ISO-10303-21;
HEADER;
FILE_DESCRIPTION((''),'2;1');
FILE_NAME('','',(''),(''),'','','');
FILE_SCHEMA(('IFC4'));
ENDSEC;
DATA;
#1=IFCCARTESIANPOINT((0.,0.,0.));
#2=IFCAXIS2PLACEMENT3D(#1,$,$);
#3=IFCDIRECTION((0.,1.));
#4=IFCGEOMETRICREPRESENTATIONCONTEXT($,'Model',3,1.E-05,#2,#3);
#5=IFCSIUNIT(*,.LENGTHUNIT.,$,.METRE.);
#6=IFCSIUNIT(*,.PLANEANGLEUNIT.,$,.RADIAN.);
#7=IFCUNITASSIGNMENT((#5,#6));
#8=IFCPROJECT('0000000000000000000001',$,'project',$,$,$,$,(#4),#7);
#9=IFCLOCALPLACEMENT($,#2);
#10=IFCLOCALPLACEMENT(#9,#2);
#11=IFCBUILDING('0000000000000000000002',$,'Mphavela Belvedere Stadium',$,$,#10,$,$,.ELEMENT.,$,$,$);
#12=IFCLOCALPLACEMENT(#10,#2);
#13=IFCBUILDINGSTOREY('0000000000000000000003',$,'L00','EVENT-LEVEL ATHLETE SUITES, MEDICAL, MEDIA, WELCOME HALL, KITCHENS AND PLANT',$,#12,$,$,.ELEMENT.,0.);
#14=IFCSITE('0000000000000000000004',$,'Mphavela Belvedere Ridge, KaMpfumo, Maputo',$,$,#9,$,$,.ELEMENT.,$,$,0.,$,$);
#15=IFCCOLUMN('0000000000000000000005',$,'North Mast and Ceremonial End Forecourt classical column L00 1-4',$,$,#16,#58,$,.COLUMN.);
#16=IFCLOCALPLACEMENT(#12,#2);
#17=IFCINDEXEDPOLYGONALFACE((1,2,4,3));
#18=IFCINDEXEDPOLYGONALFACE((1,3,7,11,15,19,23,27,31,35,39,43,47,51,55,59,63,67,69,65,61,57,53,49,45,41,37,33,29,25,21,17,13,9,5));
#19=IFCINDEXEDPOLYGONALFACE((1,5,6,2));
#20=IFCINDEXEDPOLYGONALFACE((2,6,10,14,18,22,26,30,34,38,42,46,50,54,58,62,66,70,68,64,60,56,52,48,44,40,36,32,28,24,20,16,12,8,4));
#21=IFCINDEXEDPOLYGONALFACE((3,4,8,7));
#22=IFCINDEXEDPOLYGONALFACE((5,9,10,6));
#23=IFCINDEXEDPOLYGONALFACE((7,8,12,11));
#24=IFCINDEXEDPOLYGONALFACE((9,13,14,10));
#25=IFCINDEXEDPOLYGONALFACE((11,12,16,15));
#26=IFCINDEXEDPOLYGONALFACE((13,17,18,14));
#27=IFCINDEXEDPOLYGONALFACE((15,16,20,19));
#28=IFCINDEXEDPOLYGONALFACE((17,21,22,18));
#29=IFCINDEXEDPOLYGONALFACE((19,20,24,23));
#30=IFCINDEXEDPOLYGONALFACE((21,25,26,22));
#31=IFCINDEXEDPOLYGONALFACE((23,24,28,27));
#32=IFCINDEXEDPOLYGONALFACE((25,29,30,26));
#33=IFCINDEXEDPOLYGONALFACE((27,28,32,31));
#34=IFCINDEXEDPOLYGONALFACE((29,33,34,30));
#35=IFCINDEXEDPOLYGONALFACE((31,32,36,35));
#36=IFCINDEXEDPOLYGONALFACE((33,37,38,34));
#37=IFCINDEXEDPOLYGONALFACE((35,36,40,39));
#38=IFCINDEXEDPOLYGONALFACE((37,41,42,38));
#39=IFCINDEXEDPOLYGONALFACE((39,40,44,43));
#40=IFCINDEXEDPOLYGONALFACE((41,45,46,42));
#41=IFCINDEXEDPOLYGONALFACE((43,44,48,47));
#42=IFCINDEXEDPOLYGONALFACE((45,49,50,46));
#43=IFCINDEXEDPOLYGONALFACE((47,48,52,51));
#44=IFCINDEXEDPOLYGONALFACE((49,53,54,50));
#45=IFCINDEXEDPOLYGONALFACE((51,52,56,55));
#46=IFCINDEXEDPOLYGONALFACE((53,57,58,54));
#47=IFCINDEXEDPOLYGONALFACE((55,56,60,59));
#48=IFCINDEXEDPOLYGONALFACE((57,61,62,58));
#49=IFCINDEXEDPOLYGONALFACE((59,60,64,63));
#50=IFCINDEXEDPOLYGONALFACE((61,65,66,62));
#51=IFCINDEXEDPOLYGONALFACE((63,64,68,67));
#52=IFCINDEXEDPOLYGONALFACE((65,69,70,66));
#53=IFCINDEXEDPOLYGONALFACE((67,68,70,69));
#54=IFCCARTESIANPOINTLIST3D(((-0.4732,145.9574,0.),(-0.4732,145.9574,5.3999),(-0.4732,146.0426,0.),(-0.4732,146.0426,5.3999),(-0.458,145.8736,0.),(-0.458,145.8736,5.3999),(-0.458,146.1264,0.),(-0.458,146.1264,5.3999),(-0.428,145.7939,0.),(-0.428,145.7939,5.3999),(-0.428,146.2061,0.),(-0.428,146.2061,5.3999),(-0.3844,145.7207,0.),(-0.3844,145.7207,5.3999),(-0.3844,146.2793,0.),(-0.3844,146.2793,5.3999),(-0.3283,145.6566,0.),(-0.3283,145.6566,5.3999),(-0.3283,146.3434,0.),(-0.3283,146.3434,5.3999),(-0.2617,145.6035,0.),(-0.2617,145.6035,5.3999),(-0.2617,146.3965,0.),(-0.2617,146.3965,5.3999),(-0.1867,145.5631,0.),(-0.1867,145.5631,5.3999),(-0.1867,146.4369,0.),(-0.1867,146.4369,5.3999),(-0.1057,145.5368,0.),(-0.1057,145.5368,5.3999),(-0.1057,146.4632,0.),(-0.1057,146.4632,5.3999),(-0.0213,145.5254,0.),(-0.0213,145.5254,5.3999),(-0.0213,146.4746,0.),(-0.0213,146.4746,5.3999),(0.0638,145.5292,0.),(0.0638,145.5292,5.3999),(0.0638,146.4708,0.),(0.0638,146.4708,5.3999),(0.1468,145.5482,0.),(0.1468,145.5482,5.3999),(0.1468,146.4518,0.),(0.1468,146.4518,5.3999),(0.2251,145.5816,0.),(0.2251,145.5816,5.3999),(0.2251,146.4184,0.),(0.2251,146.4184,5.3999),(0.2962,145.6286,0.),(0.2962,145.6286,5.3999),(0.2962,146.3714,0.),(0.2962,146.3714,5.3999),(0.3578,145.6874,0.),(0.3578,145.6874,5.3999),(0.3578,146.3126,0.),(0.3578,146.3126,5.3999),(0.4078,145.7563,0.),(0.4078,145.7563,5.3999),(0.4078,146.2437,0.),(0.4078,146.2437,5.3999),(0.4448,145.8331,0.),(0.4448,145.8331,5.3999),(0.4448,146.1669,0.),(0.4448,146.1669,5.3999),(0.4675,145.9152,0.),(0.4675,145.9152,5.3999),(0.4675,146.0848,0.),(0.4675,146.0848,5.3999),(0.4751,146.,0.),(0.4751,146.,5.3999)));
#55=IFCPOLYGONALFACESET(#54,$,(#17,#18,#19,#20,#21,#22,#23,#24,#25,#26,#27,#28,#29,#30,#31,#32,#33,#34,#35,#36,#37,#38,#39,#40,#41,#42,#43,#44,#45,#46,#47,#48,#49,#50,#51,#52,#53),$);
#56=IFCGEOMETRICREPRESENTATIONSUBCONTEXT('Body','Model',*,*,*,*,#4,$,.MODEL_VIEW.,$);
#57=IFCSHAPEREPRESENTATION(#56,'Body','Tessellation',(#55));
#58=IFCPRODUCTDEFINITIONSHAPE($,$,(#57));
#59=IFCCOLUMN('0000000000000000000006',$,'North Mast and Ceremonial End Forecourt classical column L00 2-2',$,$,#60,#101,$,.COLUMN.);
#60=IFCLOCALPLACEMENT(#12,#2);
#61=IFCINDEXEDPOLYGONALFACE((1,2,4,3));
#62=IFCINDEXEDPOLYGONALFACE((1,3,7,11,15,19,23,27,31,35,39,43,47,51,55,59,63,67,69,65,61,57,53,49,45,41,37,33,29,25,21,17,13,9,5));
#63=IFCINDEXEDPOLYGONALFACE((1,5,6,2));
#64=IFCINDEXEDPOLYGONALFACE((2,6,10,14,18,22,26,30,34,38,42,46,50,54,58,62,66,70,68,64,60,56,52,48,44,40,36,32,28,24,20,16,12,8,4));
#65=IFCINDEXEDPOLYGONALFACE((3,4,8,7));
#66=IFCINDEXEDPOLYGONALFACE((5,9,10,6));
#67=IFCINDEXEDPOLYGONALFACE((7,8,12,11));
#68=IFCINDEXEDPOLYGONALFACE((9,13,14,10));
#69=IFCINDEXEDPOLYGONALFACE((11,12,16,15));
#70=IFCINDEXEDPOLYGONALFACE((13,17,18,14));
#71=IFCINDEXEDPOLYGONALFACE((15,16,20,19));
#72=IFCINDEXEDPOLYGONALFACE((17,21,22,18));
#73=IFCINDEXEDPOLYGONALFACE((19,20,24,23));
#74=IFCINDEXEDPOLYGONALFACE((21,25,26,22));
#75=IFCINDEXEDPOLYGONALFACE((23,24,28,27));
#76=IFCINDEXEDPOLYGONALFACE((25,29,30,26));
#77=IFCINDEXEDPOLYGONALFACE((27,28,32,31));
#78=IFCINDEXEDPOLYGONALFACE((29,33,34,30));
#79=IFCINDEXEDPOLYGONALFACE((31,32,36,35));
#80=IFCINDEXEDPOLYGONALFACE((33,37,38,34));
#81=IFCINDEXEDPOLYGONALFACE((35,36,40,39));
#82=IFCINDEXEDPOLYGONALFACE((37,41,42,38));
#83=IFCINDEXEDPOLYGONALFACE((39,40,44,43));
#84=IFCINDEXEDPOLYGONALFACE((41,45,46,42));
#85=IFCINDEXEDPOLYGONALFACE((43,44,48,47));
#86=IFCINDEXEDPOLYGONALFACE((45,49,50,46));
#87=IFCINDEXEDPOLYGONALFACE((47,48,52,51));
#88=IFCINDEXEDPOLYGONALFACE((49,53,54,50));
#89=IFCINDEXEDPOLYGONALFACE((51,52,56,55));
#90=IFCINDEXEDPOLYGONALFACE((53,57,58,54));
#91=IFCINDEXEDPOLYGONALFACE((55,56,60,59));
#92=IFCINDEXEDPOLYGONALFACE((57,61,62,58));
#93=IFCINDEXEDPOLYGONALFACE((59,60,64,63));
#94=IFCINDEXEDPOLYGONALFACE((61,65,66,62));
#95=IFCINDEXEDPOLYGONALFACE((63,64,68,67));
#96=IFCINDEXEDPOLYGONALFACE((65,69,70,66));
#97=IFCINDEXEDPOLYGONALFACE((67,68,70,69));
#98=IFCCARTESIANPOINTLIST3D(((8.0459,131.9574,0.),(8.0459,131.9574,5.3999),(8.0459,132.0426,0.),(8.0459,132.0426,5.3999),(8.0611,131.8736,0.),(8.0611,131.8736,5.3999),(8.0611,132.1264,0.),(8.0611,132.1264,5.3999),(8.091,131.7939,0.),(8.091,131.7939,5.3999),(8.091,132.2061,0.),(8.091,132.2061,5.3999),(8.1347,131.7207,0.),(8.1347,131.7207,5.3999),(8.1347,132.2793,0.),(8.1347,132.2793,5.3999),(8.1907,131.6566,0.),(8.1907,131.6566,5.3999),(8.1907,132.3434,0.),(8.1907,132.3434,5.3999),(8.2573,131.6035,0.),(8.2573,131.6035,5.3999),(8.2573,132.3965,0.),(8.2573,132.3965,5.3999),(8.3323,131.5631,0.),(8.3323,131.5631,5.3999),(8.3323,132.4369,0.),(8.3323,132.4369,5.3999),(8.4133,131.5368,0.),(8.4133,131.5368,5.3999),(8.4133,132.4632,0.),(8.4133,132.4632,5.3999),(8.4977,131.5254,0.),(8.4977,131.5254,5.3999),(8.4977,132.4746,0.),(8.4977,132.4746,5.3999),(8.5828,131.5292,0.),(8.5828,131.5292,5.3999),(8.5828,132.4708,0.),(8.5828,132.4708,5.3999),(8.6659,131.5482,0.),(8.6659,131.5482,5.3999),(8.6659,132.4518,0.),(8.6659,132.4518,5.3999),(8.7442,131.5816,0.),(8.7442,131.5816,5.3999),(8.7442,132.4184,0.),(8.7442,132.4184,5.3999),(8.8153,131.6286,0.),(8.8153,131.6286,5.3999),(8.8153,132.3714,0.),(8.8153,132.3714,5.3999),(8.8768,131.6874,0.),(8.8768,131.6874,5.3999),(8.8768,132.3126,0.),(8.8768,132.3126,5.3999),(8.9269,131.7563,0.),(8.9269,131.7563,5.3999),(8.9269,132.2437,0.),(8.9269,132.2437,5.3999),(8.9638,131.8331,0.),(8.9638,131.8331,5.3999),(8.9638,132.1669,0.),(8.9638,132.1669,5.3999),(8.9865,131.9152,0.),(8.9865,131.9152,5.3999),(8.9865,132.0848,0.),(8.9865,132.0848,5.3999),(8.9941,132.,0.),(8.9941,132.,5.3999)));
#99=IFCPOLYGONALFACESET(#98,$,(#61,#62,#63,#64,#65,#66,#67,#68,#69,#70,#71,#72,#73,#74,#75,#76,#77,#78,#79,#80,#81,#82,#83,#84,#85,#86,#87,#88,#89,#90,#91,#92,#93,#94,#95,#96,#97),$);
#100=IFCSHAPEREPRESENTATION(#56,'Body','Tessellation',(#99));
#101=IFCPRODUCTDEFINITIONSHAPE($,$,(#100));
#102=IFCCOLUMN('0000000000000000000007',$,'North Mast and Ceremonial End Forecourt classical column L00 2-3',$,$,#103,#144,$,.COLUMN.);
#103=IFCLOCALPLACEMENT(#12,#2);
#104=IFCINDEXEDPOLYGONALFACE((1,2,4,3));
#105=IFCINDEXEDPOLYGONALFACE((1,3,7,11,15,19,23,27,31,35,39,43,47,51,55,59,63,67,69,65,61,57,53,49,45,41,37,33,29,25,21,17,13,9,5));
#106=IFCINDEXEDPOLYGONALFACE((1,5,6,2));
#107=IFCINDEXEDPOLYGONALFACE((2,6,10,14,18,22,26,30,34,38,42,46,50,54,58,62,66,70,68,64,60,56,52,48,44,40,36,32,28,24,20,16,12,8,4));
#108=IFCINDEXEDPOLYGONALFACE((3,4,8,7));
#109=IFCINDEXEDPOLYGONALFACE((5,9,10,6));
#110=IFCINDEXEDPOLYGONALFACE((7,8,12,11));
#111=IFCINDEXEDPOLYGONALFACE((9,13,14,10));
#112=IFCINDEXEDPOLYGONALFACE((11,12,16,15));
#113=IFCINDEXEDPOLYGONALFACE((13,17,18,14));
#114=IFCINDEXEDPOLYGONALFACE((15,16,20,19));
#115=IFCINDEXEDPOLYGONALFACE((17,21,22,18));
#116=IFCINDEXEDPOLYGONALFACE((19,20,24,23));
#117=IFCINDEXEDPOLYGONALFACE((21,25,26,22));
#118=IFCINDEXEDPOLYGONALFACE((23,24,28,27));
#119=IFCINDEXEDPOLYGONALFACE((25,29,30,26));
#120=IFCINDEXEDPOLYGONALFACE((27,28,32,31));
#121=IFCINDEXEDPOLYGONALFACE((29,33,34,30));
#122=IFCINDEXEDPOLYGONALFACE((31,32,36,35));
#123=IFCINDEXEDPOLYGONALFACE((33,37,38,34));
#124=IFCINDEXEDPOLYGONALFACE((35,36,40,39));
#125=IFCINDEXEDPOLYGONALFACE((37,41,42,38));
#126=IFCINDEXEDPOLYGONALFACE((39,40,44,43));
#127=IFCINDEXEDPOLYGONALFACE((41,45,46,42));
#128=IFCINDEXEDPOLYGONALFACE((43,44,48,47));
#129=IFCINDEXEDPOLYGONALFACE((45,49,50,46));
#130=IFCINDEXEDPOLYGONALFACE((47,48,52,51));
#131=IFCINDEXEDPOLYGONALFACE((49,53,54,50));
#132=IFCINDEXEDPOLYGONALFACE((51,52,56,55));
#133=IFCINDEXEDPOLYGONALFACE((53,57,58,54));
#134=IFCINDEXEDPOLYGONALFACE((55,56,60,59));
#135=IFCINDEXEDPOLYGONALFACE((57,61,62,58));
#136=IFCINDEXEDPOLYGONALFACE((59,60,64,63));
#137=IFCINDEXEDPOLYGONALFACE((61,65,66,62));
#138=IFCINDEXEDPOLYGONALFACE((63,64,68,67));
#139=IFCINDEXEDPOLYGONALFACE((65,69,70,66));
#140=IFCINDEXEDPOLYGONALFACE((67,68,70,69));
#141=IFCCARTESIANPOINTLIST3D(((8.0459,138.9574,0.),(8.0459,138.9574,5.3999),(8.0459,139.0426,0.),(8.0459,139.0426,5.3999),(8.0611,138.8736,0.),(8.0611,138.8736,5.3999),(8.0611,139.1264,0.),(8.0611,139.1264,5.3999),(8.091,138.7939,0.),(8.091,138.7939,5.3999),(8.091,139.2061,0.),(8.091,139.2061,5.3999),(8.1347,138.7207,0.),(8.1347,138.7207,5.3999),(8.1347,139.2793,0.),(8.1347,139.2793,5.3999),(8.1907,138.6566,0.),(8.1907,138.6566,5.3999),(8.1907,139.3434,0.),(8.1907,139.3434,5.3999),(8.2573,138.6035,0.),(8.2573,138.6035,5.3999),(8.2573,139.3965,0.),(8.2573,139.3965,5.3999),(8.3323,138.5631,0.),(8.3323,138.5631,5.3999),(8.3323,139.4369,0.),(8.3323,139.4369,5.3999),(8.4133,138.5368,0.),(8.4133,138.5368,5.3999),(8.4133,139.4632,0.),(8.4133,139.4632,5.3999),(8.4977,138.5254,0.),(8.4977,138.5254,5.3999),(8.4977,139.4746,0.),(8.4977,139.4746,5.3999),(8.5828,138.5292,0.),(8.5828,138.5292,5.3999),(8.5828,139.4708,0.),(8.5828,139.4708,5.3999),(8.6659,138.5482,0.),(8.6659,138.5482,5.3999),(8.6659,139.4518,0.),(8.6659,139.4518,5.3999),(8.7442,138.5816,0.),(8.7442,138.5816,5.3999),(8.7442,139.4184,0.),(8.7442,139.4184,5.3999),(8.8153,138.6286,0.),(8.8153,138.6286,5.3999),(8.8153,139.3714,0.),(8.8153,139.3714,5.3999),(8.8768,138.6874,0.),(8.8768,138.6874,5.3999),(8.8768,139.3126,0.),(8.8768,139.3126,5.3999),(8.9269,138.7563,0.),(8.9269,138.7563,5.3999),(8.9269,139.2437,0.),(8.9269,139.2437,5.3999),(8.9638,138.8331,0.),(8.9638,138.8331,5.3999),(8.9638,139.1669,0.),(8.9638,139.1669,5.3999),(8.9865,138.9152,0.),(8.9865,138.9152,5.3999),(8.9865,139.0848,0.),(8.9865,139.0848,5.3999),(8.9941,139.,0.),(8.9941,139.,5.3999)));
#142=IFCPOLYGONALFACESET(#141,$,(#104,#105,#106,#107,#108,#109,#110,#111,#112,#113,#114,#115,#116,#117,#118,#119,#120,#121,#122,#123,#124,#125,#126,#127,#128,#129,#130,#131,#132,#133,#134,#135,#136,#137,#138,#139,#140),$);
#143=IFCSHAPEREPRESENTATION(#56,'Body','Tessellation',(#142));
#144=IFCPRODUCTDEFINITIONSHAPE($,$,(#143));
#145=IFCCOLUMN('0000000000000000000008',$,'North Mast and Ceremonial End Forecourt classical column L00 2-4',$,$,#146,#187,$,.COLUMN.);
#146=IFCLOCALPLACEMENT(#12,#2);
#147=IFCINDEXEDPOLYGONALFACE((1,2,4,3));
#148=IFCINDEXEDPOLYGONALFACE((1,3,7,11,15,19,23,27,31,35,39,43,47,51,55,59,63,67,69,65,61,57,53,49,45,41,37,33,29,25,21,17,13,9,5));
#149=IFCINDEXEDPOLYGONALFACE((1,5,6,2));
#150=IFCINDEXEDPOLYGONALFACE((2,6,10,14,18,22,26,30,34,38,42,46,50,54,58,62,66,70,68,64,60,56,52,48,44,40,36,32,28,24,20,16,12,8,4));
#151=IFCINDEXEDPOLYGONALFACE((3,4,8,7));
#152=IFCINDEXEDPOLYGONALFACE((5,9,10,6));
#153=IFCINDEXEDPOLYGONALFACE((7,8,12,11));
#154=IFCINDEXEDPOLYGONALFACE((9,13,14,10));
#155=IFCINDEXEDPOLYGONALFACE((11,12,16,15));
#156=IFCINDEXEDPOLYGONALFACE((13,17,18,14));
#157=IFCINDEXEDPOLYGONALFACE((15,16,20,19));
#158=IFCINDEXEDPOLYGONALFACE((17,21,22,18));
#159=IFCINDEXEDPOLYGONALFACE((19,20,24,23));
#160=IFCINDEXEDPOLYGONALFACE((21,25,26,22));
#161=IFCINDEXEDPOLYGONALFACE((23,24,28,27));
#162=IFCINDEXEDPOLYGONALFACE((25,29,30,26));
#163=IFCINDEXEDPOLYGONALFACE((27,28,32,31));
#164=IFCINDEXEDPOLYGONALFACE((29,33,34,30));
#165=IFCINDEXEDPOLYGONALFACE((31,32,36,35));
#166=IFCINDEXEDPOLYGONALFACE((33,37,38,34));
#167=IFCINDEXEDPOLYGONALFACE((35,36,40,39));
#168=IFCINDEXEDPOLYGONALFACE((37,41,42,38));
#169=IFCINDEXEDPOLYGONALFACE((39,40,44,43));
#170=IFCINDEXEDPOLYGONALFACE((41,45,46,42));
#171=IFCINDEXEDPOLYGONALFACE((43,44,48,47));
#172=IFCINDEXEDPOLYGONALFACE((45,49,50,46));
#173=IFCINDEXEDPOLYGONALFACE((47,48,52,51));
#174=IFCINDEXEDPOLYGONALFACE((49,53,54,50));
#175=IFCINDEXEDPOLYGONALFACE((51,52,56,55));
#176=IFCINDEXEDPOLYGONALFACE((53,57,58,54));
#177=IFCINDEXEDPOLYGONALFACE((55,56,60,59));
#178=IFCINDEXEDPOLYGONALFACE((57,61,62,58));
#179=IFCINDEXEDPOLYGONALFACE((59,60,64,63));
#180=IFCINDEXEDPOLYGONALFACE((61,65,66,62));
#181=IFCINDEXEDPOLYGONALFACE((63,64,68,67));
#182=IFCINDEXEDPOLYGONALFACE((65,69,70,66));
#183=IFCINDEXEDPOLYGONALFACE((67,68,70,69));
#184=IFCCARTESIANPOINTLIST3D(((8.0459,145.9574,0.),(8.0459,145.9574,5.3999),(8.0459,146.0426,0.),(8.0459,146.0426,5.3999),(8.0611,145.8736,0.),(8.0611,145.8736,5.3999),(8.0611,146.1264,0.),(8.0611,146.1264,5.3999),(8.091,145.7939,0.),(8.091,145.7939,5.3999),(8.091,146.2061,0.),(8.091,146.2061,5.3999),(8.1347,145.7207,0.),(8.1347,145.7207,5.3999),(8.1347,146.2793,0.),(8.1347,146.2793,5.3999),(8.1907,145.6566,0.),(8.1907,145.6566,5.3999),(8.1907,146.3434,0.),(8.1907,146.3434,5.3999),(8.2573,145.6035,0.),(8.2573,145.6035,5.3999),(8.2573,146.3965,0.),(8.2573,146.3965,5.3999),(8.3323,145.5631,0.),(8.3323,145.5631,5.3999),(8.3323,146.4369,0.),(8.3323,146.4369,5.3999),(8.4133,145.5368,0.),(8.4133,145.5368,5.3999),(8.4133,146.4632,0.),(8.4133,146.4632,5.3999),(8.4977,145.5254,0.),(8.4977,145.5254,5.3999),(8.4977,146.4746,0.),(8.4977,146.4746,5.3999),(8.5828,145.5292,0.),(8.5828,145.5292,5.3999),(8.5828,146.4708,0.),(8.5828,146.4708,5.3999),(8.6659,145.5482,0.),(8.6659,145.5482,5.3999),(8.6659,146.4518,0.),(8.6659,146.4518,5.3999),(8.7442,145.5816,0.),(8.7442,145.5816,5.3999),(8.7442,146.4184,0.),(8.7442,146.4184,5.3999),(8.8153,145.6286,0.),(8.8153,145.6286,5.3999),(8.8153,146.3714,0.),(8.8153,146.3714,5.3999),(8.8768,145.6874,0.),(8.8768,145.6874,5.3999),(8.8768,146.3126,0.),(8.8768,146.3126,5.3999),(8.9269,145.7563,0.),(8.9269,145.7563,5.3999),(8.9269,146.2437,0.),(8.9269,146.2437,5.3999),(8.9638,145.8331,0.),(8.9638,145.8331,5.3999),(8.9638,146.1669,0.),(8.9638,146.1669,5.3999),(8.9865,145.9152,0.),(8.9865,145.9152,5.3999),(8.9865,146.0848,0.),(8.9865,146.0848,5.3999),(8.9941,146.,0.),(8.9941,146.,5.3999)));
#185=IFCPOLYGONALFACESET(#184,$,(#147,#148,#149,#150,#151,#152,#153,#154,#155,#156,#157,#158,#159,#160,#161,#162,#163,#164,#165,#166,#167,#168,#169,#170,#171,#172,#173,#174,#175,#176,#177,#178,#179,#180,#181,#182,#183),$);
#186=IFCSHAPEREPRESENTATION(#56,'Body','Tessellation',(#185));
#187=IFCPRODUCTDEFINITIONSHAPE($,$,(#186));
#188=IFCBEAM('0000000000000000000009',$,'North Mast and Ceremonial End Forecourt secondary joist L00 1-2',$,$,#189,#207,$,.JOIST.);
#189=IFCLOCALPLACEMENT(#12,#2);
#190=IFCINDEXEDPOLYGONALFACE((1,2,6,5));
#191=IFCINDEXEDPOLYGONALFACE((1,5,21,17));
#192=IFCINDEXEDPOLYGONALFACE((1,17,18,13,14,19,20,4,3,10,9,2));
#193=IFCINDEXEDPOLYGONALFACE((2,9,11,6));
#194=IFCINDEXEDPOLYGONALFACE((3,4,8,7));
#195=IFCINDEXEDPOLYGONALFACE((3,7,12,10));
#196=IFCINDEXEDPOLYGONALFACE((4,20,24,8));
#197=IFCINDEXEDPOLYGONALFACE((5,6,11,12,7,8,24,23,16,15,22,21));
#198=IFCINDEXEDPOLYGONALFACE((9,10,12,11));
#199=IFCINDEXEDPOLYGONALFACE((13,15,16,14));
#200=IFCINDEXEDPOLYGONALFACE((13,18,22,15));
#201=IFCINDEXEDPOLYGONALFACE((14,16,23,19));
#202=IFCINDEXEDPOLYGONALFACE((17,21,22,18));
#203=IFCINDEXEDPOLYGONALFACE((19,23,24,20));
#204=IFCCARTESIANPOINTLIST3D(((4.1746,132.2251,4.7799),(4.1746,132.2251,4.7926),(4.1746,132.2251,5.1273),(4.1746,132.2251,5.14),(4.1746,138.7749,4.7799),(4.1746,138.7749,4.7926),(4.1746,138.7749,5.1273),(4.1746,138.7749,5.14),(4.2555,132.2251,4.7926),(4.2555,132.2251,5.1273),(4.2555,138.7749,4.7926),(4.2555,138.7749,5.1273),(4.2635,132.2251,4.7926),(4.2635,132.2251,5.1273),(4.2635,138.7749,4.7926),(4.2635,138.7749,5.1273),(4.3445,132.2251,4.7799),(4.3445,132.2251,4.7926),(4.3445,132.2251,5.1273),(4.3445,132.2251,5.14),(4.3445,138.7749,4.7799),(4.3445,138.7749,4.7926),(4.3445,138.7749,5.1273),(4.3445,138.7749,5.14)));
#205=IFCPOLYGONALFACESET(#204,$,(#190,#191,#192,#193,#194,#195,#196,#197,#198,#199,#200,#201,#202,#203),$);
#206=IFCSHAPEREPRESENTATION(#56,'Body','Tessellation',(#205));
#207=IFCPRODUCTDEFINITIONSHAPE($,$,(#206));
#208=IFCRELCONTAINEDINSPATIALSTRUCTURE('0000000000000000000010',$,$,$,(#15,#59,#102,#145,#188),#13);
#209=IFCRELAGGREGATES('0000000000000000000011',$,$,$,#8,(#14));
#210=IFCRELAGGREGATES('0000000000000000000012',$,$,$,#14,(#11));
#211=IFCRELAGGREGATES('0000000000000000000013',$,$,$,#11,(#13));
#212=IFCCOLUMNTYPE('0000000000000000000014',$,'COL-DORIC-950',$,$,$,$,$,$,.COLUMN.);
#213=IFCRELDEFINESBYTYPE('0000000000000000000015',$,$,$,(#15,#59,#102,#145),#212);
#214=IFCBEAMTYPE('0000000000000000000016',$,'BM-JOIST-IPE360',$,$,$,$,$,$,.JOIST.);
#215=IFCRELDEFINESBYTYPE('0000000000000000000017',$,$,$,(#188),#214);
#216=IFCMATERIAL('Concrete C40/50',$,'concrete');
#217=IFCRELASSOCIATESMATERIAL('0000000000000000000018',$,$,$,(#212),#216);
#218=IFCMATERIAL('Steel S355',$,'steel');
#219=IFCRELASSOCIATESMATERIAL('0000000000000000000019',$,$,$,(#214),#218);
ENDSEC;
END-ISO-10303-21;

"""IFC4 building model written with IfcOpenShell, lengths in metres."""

from ifc_helpers import new_model, si_unit, direction, frame, origin, origin_2d, place, context, subcontext, project, spatial, circle, i_section, extrude, material, material_profile, profile_set, type_object, element, save


model = new_model("IFC4")

# Units and contexts
model_context = context("Model", 3, precision=1e-05, world=origin(), true_north=direction((0.0, 1.0)))
body_context = subcontext(model_context, "Body", "Model", "MODEL_VIEW")
ifc_project = project(units=[si_unit("LENGTHUNIT", "METRE"), si_unit("PLANEANGLEUNIT", "RADIAN")], contexts=[model_context])

# Site, building, storey
site_placement = place(None, origin())
site = spatial("IfcSite", under=ifc_project, at=site_placement, Name="Mphavela Belvedere Ridge, KaMpfumo, Maputo", CompositionType="ELEMENT", RefElevation=0.0)
building_placement = place(site_placement, origin())
building = spatial("IfcBuilding", under=site, at=building_placement, Name="Mphavela Belvedere Stadium", CompositionType="ELEMENT")
storey_placement = place(building_placement, origin())
storey = spatial("IfcBuildingStorey", under=building, at=storey_placement, Name="L00", Description="EVENT-LEVEL ATHLETE SUITES, MEDICAL, MEDIA, WELCOME HALL, KITCHENS AND PLANT", CompositionType="ELEMENT", Elevation=0.0)

# Columns
ifc_material_1 = material(Name="Concrete C40/50", Category="concrete")
ifc_material_profile_1 = material_profile(ifc_material_1, circle(Radius=0.4751, at=origin_2d()), Name="COL D950")
ifc_profile_set_1 = profile_set([ifc_material_profile_1], Name="Concrete C40/50")
column_type = type_object("IfcColumnType", Name="COL-DORIC-950", PredefinedType="COLUMN", material=ifc_profile_set_1)
for number, where, z_axis, x_axis, name in (
    (1, (0.0, 146.0, 0.0), (0.0, 0.0, 1.0), (1.0, 0.0, 0.0), "North Mast and Ceremonial End Forecourt classical column L00 1-4"),
    (2, (8.519, 132.0, 0.0), (0.0, 0.0, 1.0), (1.0, 0.0, 0.0), "North Mast and Ceremonial End Forecourt classical column L00 2-2"),
    (3, (8.519, 139.0, 0.0), (0.0, 0.0, 1.0), (1.0, 0.0, 0.0), "North Mast and Ceremonial End Forecourt classical column L00 2-3"),
    (4, (8.519, 146.0, 0.0), (0.0, 0.0, 1.0), (1.0, 0.0, 0.0), "North Mast and Ceremonial End Forecourt classical column L00 2-4"),
):
    element("IfcColumn", number, at=place(storey_placement, frame(where, z_axis=z_axis, x_axis=x_axis)), inside=storey, type_object=column_type, Name=name, PredefinedType="COLUMN", context=body_context, shape_type="SweptSolid", body=[
        extrude(circle(Radius=0.4751, at=origin_2d()), origin(), (0.0, 0.0, 1.0), 5.3999),
    ])

# Beam
ifc_material_2 = material(Name="Steel S355", Category="steel")
ifc_material_profile_2 = material_profile(ifc_material_2, i_section(OverallWidth=0.1699, OverallDepth=0.3601, WebThickness=0.0081, FlangeThickness=0.0127, at=origin_2d()), Name="IPE 360")
ifc_profile_set_2 = profile_set([ifc_material_profile_2], Name="Steel S355")
beam_type_1 = type_object("IfcBeamType", Name="BM-JOIST-IPE360", PredefinedType="JOIST", material=ifc_profile_set_2)
for number, where, z_axis, x_axis, name in (
    (5, (4.2595, 132.2251, 4.96), (0.0, 1.0, 0.0), (-1.0, 0.0, 0.0), "North Mast and Ceremonial End Forecourt secondary joist L00 1-2"),
):
    element("IfcBeam", number, at=place(storey_placement, frame(where, z_axis=z_axis, x_axis=x_axis)), inside=storey, type_object=beam_type_1, Name=name, PredefinedType="JOIST", context=body_context, shape_type="SweptSolid", body=[
        extrude(i_section(OverallWidth=0.1699, OverallDepth=0.3601, WebThickness=0.0081, FlangeThickness=0.0127, at=origin_2d()), origin(), (0.0, 0.0, 1.0), 6.5498),
    ])

save(model, "model.ifc")
